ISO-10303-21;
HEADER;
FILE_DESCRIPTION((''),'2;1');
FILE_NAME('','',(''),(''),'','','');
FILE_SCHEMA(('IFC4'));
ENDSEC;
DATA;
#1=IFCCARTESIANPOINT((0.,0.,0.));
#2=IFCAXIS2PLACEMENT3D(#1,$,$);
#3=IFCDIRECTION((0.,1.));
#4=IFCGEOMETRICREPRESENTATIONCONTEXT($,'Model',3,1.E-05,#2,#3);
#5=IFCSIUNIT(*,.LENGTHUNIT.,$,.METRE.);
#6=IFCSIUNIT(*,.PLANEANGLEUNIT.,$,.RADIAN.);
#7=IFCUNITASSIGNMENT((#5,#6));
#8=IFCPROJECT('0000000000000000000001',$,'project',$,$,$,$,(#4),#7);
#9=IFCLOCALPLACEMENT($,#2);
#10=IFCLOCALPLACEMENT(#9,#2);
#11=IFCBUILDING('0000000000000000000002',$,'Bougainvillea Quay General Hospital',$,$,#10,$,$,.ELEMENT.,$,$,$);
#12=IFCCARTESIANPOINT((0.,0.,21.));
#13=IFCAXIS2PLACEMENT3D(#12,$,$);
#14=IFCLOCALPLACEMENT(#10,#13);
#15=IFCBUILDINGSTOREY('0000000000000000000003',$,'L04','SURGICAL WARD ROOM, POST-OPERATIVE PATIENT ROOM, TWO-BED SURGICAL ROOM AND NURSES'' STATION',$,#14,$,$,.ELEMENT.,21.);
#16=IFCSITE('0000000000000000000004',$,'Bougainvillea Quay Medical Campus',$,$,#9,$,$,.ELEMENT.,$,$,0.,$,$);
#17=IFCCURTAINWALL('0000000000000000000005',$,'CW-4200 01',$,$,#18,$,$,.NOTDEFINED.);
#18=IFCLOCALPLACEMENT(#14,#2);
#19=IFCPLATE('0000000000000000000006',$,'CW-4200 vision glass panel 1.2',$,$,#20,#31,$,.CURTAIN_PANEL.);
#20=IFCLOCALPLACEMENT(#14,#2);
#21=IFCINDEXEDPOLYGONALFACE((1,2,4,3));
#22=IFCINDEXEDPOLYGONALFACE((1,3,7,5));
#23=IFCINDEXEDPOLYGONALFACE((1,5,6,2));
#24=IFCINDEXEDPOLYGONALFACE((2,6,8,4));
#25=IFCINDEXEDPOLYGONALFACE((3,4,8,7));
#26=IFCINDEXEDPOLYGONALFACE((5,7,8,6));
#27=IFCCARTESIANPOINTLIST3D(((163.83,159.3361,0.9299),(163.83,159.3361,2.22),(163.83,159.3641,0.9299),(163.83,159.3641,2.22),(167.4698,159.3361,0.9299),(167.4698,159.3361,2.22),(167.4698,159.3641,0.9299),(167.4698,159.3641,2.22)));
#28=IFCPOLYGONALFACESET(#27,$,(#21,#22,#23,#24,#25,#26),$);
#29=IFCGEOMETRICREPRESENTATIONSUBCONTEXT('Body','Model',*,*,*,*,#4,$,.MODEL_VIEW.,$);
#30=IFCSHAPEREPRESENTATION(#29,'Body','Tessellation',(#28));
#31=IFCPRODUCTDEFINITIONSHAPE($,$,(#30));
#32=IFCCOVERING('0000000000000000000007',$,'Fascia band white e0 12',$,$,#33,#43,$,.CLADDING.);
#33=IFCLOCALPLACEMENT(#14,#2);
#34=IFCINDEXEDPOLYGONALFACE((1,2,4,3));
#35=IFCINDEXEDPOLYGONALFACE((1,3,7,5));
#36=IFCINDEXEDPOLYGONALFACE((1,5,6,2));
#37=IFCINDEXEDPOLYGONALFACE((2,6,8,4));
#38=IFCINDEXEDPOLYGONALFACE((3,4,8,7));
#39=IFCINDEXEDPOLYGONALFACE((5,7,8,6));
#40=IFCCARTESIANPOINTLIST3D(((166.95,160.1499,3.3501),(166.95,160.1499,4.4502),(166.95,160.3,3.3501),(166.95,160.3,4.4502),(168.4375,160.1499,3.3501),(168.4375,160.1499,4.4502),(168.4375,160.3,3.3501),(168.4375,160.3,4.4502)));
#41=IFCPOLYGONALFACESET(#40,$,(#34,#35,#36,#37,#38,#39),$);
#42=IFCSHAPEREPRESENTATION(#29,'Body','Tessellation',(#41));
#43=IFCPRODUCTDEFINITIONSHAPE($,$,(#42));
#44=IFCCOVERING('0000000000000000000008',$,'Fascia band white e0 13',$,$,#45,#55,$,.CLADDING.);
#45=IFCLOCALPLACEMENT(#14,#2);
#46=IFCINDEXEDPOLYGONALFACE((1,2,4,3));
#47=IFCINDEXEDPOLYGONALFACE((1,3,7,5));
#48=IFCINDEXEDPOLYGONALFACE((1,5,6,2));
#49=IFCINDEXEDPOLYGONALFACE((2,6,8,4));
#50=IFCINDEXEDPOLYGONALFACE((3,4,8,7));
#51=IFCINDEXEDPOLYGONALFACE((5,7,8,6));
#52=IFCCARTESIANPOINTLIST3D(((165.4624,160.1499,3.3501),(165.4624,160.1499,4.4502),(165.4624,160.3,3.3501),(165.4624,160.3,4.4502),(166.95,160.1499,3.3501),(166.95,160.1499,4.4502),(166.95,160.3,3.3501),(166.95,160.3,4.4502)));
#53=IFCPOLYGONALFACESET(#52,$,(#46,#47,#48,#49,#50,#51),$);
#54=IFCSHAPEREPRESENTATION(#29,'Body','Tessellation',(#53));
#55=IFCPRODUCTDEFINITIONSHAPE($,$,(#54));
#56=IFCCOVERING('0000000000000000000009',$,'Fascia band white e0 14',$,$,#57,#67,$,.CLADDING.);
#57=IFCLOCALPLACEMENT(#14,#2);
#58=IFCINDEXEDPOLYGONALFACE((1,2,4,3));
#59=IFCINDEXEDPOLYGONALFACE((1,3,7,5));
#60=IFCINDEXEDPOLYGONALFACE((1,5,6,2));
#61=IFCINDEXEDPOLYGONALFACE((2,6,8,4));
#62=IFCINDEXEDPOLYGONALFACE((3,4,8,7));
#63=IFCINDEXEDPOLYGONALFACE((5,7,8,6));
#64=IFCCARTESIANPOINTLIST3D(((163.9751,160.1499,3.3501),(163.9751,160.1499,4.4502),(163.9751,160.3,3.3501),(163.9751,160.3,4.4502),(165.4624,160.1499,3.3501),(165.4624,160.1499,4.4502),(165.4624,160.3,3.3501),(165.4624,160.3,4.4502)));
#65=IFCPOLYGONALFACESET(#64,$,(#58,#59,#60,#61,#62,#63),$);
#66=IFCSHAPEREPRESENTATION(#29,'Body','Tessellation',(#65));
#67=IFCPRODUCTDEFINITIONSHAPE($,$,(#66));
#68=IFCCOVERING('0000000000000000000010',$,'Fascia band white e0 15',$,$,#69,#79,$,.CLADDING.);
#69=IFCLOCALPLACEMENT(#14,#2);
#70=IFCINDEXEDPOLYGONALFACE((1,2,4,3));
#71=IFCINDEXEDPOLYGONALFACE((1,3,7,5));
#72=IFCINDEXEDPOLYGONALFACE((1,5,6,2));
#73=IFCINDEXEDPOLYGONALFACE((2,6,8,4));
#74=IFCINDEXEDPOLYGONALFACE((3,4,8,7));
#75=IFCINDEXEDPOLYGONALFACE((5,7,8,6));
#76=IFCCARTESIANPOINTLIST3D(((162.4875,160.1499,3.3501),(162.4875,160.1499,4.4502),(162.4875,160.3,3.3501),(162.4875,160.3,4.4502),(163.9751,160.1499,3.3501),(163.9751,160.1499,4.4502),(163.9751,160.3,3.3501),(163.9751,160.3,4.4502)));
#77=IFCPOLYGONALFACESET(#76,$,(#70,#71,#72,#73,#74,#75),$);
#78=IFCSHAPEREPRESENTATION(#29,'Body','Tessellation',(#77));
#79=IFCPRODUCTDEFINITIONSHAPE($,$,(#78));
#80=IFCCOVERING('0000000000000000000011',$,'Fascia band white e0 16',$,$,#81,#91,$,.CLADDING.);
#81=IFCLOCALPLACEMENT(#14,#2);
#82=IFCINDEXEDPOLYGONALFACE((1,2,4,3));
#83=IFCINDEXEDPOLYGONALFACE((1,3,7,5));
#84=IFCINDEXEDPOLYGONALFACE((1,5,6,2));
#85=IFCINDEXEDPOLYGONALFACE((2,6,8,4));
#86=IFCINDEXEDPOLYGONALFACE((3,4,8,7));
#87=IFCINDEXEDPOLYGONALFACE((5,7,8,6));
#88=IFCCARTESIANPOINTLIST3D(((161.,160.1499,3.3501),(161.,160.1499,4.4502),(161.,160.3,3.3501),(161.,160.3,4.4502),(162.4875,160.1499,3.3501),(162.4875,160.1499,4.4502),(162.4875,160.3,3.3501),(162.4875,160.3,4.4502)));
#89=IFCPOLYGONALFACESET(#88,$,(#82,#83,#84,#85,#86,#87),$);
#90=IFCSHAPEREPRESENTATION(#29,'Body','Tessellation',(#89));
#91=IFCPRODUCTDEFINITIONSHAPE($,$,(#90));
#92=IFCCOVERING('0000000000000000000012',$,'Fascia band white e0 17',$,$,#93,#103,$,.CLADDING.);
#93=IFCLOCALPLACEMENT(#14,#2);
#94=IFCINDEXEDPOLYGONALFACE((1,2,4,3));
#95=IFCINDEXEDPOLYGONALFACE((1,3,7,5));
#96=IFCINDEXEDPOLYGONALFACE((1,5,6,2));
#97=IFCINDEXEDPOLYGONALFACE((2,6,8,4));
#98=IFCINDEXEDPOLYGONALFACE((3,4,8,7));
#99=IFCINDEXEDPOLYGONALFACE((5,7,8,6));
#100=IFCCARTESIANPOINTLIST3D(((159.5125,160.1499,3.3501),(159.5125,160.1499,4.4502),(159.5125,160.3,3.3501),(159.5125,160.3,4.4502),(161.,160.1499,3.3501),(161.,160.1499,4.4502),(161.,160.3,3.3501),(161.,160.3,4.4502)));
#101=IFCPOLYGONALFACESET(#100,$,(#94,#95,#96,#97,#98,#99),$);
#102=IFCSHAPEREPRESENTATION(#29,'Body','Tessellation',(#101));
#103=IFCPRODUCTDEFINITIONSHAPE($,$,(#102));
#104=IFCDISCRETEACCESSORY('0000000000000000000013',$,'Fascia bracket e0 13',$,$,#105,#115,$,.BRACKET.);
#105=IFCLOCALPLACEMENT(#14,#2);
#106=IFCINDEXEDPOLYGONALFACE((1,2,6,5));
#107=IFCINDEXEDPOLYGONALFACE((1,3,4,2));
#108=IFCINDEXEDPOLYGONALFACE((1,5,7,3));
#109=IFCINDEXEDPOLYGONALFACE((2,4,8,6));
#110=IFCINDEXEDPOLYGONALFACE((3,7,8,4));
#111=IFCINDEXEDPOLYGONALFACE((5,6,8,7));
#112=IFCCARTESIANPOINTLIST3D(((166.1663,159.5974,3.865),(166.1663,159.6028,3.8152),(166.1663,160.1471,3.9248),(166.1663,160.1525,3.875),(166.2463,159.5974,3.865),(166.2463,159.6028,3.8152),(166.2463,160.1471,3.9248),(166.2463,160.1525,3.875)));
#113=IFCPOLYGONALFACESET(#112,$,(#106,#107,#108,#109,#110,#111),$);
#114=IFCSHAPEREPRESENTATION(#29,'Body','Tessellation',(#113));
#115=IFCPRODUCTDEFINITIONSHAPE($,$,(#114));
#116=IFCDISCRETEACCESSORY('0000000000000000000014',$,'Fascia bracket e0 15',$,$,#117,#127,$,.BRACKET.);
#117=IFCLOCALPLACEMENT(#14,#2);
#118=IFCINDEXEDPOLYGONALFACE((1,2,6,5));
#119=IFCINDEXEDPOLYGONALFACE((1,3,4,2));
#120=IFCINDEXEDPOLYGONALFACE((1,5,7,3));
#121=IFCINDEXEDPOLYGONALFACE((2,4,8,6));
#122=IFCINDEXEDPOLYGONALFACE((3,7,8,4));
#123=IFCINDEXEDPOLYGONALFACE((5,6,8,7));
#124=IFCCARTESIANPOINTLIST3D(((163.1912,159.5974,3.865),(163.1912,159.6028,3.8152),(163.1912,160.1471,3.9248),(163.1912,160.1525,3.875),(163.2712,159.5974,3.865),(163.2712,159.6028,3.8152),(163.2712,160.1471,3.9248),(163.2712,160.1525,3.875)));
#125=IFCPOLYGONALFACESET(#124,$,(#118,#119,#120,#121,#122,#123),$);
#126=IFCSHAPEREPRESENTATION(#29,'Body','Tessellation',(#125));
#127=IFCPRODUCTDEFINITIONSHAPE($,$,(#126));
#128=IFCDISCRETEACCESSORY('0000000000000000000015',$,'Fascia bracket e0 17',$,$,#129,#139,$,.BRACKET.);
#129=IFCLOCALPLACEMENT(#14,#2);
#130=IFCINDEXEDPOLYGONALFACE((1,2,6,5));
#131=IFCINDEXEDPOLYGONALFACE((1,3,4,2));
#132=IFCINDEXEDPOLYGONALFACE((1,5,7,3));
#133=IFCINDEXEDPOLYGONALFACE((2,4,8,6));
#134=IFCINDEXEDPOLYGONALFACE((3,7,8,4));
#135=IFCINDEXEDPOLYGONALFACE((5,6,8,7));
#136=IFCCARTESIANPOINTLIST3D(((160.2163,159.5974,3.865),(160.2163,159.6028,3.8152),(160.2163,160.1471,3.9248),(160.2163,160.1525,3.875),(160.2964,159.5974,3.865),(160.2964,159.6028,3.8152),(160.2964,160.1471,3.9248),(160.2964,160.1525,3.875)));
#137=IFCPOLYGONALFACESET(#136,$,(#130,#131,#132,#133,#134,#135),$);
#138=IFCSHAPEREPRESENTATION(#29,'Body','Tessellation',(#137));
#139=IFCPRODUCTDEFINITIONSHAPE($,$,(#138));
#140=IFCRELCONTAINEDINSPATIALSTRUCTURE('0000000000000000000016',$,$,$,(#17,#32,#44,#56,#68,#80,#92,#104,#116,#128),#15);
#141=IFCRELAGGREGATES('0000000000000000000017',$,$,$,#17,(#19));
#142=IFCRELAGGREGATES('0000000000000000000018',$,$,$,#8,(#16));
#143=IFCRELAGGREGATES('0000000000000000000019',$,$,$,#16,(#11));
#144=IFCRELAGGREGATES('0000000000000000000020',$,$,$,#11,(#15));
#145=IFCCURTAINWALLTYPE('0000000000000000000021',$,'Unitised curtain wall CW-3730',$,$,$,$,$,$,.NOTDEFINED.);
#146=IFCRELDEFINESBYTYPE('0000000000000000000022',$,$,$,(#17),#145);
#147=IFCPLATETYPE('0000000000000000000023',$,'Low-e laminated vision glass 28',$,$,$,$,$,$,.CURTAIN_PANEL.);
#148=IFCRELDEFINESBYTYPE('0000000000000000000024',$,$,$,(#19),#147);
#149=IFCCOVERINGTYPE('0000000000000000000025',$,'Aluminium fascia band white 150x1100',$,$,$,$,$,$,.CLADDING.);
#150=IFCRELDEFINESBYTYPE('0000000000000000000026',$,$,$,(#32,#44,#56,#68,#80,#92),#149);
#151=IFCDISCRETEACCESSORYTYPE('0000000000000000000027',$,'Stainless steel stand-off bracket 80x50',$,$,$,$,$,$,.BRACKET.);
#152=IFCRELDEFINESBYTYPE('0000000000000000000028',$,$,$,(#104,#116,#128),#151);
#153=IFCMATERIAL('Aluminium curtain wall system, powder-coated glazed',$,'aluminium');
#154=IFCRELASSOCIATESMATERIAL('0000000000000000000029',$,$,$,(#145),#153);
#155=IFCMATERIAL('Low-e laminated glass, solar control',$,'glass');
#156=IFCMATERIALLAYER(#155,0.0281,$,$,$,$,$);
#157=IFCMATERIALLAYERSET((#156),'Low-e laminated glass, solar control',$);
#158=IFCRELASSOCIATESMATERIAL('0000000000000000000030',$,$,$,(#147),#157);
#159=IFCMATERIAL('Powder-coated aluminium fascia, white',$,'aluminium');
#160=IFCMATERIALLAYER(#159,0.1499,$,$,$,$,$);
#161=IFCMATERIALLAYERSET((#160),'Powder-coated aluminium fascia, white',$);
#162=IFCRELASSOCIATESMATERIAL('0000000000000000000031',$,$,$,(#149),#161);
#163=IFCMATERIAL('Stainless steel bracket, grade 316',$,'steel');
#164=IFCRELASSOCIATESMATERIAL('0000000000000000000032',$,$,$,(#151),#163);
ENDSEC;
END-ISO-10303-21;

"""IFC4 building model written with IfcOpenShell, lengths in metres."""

from ifc_helpers import new_model, si_unit, direction, frame, origin, origin_2d, place, context, subcontext, project, spatial, polyline, rectangle, outline, extrude, material, layer, layer_set, material_profile, profile_set, type_object, element, aggregate, save


model = new_model("IFC4")

# Units and contexts
model_context = context("Model", 3, precision=1e-05, world=origin(), true_north=direction((0.0, 1.0)))
body_context = subcontext(model_context, "Body", "Model", "MODEL_VIEW")
ifc_project = project(units=[si_unit("LENGTHUNIT", "METRE"), si_unit("PLANEANGLEUNIT", "RADIAN")], contexts=[model_context])

# Site, building, storey
site_placement = place(None, origin())
site = spatial("IfcSite", under=ifc_project, at=site_placement, Name="Bougainvillea Quay Medical Campus", CompositionType="ELEMENT", RefElevation=0.0)
building_placement = place(site_placement, origin())
building = spatial("IfcBuilding", under=site, at=building_placement, Name="Bougainvillea Quay General Hospital", CompositionType="ELEMENT")
storey_placement = place(building_placement, frame((0.0, 0.0, 21.0)))
storey = spatial("IfcBuildingStorey", under=building, at=storey_placement, Name="L04", Description="SURGICAL WARD ROOM, POST-OPERATIVE PATIENT ROOM, TWO-BED SURGICAL ROOM AND NURSES' STATION", CompositionType="ELEMENT", Elevation=21.0)

# Curtain wall
ifc_material_1 = material(Name="Aluminium curtain wall system, powder-coated glazed", Category="aluminium")
curtain_wall_type = type_object("IfcCurtainWallType", Name="Unitised curtain wall CW-3730", PredefinedType="NOTDEFINED", material=ifc_material_1)
curtain_wall_placement = place(storey_placement, origin())
curtain_wall = element("IfcCurtainWall", 1, at=curtain_wall_placement, inside=storey, type_object=curtain_wall_type, Name="CW-4200 01", PredefinedType="NOTDEFINED")

# Plate
ifc_material_2 = material(Name="Low-e laminated glass, solar control", Category="glass")
ifc_layer_1 = layer(ifc_material_2, 0.0281)
ifc_layer_set_1 = layer_set([ifc_layer_1], Name="Low-e laminated glass, solar control")
plate_type_1 = type_object("IfcPlateType", Name="Low-e laminated vision glass 28", PredefinedType="CURTAIN_PANEL", material=ifc_layer_set_1)
plate_1_placement = place(storey_placement, frame((165.6499, 159.3501, 0.9299), z_axis=(0.0, 0.0, 1.0), x_axis=(-1.0, 0.0, 0.0)))
plate_1 = element("IfcPlate", 2, at=plate_1_placement, type_object=plate_type_1, Name="CW-4200 vision glass panel 1.2", PredefinedType="CURTAIN_PANEL", context=body_context, shape_type="SweptSolid", body=[
    extrude(rectangle(XDim=3.6399, YDim=0.0281, at=origin_2d()), origin(), (0.0, 0.0, 1.0), 1.29),
])
aggregate(curtain_wall, [plate_1])

# Coverings
ifc_material_3 = material(Name="Powder-coated aluminium fascia, white", Category="aluminium")
ifc_layer_2 = layer(ifc_material_3, 0.1499)
ifc_layer_set_2 = layer_set([ifc_layer_2], Name="Powder-coated aluminium fascia, white")
covering_type = type_object("IfcCoveringType", Name="Aluminium fascia band white 150x1100", PredefinedType="CLADDING", material=ifc_layer_set_2)
for number, where, z_axis, x_axis, name in (
    (3, (168.4375, 160.1499, 3.3501), (0.0, 0.0, 1.0), (-1.0, 0.0, 0.0), "Fascia band white e0 12"),
    (4, (166.95, 160.1499, 3.3501), (0.0, 0.0, 1.0), (-1.0, 0.0, 0.0), "Fascia band white e0 13"),
):
    element("IfcCovering", number, at=place(storey_placement, frame(where, z_axis=z_axis, x_axis=x_axis)), inside=storey, type_object=covering_type, Name=name, PredefinedType="CLADDING", context=body_context, shape_type="SweptSolid", body=[
        extrude(outline(polyline([(0.0, 0.0), (1.4875, 0.0), (1.4875, -0.1501), (0.0, -0.1501), (0.0, 0.0)])), origin(), (0.0, 0.0, 1.0), 1.1001),
    ])
covering_placement = place(storey_placement, frame((165.4624, 160.1499, 3.3501), z_axis=(0.0, 0.0, 1.0), x_axis=(-1.0, 0.0, 0.0)))
element("IfcCovering", 5, at=covering_placement, inside=storey, type_object=covering_type, Name="Fascia band white e0 14", PredefinedType="CLADDING", context=body_context, shape_type="SweptSolid", body=[
    extrude(outline(polyline([(0.0, 0.0), (1.4873, 0.0), (1.4873, -0.1501), (0.0, -0.1501), (0.0, 0.0)])), origin(), (0.0, 0.0, 1.0), 1.1001),
])
for number, where, z_axis, x_axis, name in (
    (6, (163.9751, 160.1499, 3.3501), (0.0, 0.0, 1.0), (-1.0, 0.0, 0.0), "Fascia band white e0 15"),
    (7, (162.4875, 160.1499, 3.3501), (0.0, 0.0, 1.0), (-1.0, 0.0, 0.0), "Fascia band white e0 16"),
    (8, (161.0, 160.1499, 3.3501), (0.0, 0.0, 1.0), (-1.0, 0.0, 0.0), "Fascia band white e0 17"),
):
    element("IfcCovering", number, at=place(storey_placement, frame(where, z_axis=z_axis, x_axis=x_axis)), inside=storey, type_object=covering_type, Name=name, PredefinedType="CLADDING", context=body_context, shape_type="SweptSolid", body=[
        extrude(outline(polyline([(0.0, 0.0), (1.4875, 0.0), (1.4875, -0.1501), (0.0, -0.1501), (0.0, 0.0)])), origin(), (0.0, 0.0, 1.0), 1.1001),
    ])

# Discrete accessories
ifc_material_4 = material(Name="Stainless steel bracket, grade 316", Category="steel")
ifc_material_profile_1 = material_profile(ifc_material_4, rectangle(XDim=0.0801, YDim=0.05, at=origin_2d()))
ifc_profile_set_1 = profile_set([ifc_material_profile_1], Name="Stainless steel bracket, grade 316")
discrete_accessory_type = type_object("IfcDiscreteAccessoryType", Name="Stainless steel stand-off bracket 80x50", PredefinedType="BRACKET", material=ifc_profile_set_1)
for number, where, z_axis, x_axis, name in (
    (9, (166.2063, 159.6001, 3.8401), (0.0, 0.994134, 0.108154), (-1.0, 0.0, 0.0), "Fascia bracket e0 13"),
    (10, (163.2312, 159.6001, 3.8401), (0.0, 0.994134, 0.108154), (-1.0, 0.0, 0.0), "Fascia bracket e0 15"),
    (11, (160.2563, 159.6001, 3.8401), (0.0, 0.994134, 0.108154), (-1.0, 0.0, 0.0), "Fascia bracket e0 17"),
):
    element("IfcDiscreteAccessory", number, at=place(storey_placement, frame(where, z_axis=z_axis, x_axis=x_axis)), inside=storey, type_object=discrete_accessory_type, Name=name, PredefinedType="BRACKET", context=body_context, shape_type="SweptSolid", body=[
        extrude(rectangle(XDim=0.0801, YDim=0.05, at=origin_2d()), origin(), (0.0, 0.0, 1.0), 0.553),
    ])

save(model, "model.ifc")
